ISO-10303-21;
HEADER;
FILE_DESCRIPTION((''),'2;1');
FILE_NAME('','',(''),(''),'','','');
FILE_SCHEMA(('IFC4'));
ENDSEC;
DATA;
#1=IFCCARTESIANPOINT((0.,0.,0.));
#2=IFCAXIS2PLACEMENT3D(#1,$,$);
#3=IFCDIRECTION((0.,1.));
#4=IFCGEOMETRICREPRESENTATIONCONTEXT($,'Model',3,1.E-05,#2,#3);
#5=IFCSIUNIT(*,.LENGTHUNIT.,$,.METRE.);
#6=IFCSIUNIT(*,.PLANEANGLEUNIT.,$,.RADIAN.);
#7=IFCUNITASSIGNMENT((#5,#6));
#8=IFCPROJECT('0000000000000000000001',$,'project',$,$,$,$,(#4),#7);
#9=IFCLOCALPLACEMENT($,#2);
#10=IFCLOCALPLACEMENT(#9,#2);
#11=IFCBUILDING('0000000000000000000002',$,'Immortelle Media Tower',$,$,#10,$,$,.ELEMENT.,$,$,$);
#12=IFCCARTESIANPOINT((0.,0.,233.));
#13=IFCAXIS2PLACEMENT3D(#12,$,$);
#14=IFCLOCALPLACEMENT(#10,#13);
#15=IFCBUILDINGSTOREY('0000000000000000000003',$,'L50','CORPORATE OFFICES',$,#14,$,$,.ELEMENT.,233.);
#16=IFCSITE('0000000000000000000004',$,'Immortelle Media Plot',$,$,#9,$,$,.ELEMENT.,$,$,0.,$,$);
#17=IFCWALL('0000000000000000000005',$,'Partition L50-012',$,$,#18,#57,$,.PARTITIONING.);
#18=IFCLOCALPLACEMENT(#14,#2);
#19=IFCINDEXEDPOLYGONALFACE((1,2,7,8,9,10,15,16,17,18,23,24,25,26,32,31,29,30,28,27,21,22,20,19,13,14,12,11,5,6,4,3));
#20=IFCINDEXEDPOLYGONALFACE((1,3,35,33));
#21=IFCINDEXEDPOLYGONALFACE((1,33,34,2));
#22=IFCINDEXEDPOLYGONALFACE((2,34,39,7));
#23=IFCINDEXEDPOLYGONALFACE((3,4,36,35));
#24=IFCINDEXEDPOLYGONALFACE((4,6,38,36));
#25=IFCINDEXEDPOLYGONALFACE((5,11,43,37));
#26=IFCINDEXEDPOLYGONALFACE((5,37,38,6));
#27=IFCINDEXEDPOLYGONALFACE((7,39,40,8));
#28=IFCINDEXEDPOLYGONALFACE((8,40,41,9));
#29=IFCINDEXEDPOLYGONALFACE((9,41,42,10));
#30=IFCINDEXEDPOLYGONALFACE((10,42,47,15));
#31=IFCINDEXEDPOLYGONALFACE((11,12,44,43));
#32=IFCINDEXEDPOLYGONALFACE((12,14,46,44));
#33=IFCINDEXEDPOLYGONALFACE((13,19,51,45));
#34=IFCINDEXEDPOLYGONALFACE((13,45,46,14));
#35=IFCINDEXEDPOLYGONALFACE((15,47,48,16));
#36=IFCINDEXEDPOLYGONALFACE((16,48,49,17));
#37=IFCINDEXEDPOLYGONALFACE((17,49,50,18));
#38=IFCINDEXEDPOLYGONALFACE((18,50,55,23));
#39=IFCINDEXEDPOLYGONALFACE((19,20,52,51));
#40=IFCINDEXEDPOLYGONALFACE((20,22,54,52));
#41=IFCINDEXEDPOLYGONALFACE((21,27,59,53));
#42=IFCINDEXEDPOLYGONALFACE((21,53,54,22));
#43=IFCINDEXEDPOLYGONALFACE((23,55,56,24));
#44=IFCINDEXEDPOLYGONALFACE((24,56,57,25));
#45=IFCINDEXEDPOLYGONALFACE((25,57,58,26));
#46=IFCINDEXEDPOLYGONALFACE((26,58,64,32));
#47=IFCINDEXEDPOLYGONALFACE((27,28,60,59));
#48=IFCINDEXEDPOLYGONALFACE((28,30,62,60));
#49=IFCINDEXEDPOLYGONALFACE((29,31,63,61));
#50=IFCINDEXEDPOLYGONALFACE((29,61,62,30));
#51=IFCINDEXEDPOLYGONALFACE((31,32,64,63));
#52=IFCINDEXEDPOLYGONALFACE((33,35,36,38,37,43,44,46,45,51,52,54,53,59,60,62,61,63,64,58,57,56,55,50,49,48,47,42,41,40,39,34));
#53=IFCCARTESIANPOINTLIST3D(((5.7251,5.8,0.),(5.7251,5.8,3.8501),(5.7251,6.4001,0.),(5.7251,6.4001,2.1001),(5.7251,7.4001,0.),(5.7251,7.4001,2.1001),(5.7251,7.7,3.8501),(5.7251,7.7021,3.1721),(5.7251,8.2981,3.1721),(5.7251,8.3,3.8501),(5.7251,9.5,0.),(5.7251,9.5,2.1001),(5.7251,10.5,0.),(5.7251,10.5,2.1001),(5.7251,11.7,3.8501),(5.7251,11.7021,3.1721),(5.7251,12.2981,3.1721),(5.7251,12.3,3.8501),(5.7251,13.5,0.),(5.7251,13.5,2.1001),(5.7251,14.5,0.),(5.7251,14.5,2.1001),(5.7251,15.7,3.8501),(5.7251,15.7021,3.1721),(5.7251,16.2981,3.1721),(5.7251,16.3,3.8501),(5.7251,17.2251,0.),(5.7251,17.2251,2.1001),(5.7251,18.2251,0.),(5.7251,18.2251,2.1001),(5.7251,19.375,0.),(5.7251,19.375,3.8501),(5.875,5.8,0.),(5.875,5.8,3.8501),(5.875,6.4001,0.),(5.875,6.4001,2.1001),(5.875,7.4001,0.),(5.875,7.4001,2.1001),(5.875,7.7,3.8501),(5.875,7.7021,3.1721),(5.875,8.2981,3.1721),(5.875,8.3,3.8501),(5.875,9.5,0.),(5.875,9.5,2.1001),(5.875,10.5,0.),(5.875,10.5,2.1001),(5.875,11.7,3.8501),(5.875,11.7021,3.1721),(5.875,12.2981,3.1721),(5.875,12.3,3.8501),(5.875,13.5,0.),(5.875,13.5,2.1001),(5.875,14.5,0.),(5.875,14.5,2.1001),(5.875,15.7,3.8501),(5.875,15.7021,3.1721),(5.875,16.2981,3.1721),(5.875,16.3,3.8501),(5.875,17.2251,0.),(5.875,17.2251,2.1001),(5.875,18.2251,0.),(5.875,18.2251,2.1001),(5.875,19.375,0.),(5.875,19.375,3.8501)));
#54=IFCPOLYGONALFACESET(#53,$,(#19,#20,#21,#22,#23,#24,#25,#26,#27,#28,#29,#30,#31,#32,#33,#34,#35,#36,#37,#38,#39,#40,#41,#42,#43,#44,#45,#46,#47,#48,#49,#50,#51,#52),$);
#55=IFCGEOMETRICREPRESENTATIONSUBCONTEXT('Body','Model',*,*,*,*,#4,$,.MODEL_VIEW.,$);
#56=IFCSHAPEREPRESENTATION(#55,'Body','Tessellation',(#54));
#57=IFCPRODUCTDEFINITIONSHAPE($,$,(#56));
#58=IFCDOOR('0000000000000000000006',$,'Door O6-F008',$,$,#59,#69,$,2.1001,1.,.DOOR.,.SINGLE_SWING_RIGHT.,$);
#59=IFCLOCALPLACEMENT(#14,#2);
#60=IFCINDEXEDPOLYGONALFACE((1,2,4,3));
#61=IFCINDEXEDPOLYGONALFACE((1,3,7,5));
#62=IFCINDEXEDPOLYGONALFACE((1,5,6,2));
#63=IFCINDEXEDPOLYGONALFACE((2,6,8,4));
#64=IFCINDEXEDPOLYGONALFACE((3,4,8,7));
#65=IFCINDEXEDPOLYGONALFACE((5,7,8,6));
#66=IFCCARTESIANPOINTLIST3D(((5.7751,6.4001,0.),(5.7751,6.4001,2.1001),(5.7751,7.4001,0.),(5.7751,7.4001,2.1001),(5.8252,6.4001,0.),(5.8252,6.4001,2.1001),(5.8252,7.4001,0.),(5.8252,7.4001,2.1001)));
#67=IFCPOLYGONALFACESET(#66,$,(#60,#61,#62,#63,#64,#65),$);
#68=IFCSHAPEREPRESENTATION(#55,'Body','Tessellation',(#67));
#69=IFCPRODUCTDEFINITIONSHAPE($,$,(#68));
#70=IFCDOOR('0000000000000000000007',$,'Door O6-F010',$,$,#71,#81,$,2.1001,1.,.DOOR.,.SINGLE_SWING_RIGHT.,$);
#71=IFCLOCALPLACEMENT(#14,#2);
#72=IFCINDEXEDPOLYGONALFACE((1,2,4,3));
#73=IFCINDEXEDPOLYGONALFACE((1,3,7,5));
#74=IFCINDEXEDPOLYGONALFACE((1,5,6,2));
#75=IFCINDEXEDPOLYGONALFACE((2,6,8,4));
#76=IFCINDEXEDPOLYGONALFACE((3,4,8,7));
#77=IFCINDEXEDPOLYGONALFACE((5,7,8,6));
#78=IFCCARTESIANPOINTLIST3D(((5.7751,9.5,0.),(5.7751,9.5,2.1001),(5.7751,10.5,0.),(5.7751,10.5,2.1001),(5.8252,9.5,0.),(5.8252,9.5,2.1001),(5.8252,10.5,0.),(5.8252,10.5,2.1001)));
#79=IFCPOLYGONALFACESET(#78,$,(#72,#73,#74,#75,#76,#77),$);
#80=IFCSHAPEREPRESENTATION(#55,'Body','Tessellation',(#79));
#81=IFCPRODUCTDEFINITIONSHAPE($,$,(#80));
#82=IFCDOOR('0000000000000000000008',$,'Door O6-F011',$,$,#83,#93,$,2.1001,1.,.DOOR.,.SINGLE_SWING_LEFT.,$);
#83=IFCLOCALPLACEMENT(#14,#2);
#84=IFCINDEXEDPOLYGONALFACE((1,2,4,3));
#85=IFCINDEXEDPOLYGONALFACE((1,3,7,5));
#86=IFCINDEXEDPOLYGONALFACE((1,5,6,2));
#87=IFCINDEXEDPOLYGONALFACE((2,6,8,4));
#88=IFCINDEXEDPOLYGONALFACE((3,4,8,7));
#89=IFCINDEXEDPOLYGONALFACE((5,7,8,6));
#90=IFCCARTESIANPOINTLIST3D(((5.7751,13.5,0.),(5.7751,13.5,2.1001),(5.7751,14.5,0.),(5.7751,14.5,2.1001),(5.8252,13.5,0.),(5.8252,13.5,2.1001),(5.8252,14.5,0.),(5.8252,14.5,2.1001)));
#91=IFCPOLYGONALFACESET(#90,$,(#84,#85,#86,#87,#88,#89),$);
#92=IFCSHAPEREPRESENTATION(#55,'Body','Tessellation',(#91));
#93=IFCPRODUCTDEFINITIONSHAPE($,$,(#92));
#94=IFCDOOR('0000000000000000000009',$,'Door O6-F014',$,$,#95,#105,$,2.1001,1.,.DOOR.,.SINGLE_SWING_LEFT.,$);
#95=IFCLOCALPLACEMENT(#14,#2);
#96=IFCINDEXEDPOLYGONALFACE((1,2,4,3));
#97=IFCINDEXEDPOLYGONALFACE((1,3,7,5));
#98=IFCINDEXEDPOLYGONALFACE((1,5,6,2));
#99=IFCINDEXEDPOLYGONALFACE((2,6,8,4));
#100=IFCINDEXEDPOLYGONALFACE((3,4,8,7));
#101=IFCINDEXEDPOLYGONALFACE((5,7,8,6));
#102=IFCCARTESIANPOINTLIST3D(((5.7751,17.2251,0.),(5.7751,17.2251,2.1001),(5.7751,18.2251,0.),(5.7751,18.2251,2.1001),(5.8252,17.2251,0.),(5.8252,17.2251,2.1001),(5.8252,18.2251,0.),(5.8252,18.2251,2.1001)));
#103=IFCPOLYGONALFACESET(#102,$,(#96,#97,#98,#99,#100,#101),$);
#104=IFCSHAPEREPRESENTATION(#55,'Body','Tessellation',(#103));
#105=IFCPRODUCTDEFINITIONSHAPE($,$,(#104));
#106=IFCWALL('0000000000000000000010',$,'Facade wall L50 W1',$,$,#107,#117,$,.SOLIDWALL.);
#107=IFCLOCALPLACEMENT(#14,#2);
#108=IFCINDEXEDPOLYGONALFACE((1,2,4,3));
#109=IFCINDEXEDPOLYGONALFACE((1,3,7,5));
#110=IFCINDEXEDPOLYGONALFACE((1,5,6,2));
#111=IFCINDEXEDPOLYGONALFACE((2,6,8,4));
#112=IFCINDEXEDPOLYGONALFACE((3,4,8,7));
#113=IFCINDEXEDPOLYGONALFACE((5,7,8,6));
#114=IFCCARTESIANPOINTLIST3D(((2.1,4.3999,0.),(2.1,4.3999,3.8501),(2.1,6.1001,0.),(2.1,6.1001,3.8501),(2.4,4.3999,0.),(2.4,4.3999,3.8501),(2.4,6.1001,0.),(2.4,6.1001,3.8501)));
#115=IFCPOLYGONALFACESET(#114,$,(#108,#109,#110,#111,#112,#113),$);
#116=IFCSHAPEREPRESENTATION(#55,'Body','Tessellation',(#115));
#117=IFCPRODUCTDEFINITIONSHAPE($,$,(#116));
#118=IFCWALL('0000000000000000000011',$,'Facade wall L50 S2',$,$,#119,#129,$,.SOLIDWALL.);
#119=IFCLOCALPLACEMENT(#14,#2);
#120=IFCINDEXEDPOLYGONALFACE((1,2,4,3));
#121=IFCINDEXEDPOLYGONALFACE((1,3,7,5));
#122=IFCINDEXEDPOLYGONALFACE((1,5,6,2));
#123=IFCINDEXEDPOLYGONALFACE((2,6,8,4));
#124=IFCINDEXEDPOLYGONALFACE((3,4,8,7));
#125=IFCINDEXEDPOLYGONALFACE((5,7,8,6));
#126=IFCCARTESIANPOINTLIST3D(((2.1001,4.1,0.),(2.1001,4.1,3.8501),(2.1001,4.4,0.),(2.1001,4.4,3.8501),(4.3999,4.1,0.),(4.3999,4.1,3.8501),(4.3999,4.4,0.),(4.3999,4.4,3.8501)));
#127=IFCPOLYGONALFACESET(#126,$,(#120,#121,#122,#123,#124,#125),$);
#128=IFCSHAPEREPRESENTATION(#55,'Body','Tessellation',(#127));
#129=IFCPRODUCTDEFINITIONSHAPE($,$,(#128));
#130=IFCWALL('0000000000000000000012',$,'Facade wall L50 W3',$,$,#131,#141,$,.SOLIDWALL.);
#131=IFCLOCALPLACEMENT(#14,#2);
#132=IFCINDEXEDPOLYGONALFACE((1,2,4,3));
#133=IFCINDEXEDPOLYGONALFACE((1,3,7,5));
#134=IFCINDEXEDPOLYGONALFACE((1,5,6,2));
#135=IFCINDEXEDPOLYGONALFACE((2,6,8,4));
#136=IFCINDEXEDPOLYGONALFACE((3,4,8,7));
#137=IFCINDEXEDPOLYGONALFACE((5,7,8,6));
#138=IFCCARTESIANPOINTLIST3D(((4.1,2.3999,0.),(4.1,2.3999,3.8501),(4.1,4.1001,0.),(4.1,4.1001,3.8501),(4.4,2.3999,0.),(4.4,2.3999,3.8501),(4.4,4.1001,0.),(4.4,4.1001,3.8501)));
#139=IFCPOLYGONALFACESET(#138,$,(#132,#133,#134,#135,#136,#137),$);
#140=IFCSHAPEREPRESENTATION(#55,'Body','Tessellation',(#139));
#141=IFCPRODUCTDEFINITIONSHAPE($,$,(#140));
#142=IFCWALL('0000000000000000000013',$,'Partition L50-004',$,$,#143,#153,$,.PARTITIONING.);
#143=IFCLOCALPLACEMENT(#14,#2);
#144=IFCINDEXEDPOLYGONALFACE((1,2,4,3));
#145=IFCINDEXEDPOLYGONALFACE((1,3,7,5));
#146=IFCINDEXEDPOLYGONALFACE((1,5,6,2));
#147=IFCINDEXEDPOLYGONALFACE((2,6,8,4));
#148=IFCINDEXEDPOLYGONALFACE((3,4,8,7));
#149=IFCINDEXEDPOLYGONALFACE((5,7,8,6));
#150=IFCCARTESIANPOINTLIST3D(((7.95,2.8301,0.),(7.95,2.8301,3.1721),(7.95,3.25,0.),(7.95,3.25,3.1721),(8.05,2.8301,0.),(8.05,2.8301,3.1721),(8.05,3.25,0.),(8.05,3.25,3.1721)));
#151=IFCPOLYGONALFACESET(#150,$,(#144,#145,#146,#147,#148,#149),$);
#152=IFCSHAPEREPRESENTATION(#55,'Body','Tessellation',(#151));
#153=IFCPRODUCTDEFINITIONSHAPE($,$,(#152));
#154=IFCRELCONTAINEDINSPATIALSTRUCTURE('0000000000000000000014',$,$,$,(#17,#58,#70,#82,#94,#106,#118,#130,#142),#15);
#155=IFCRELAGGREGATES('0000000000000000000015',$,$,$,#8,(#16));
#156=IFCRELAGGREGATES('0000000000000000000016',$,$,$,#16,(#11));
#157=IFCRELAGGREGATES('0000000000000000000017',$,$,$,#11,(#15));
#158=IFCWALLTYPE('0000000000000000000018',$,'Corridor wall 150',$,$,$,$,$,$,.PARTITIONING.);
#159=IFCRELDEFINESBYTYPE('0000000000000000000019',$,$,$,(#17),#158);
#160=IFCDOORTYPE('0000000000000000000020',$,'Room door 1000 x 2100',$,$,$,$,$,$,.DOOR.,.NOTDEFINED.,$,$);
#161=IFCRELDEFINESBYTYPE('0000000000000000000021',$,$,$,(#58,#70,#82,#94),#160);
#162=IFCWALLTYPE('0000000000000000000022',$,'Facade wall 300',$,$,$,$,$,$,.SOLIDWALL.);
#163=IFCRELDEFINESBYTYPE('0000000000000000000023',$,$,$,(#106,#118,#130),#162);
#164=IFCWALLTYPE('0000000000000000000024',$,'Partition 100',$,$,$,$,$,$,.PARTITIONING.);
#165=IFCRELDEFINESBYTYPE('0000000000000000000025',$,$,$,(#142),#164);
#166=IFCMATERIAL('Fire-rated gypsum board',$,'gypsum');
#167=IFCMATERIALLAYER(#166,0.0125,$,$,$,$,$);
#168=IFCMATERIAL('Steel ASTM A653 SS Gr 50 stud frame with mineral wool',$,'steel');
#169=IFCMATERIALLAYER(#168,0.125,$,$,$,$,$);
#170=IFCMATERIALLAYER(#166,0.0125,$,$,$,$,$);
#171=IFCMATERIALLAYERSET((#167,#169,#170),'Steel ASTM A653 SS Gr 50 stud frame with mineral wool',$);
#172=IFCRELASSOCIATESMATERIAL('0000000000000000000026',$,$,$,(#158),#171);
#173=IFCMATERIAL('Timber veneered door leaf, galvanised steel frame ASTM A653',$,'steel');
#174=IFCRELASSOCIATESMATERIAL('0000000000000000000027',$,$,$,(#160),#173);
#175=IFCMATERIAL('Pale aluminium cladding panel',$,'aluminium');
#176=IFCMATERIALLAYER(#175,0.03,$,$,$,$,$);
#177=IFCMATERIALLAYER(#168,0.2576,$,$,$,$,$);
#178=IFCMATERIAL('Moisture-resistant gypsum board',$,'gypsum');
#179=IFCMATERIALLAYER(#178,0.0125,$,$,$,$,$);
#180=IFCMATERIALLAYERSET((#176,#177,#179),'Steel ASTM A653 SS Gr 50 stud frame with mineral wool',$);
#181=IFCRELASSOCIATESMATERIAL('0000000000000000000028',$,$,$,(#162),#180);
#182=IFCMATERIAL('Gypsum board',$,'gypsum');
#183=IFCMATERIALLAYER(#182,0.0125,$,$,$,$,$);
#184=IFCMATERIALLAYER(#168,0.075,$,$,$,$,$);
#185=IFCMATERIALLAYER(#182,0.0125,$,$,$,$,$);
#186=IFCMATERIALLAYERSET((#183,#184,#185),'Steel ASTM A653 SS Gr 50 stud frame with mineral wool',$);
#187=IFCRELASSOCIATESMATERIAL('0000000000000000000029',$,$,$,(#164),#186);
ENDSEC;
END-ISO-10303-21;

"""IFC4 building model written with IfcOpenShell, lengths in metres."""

from ifc_helpers import new_model, si_unit, direction, frame, frame_2d, origin, place, context, subcontext, project, spatial, polyline, rectangle, outline, extrude, material, layer, layer_set, type_object, element, fill, save


model = new_model("IFC4")

# Units and contexts
model_context = context("Model", 3, precision=1e-05, world=origin(), true_north=direction((0.0, 1.0)))
body_context = subcontext(model_context, "Body", "Model", "MODEL_VIEW")
ifc_project = project(units=[si_unit("LENGTHUNIT", "METRE"), si_unit("PLANEANGLEUNIT", "RADIAN")], contexts=[model_context])

# Site, building, storey
site_placement = place(None, origin())
site = spatial("IfcSite", under=ifc_project, at=site_placement, Name="Immortelle Media Plot", CompositionType="ELEMENT", RefElevation=0.0)
building_placement = place(site_placement, origin())
building = spatial("IfcBuilding", under=site, at=building_placement, Name="Immortelle Media Tower", CompositionType="ELEMENT")
storey_placement = place(building_placement, frame((0.0, 0.0, 233.0)))
storey = spatial("IfcBuildingStorey", under=building, at=storey_placement, Name="L50", Description="CORPORATE OFFICES", CompositionType="ELEMENT", Elevation=233.0)

# Wall, openings, doors
ifc_material_1 = material(Name="Fire-rated gypsum board", Category="gypsum")
ifc_layer_1 = layer(ifc_material_1, 0.0125)
ifc_material_2 = material(Name="Steel ASTM A653 SS Gr 50 stud frame with mineral wool", Category="steel")
ifc_layer_2 = layer(ifc_material_2, 0.125)
ifc_layer_3 = layer(ifc_material_1, 0.0125)
ifc_layer_set_1 = layer_set([ifc_layer_1, ifc_layer_2, ifc_layer_3], Name="Steel ASTM A653 SS Gr 50 stud frame with mineral wool")
wall_type_1 = type_object("IfcWallType", Name="Corridor wall 150", PredefinedType="PARTITIONING", material=ifc_layer_set_1)
ifc_material_3 = material(Name="Timber veneered door leaf, galvanised steel frame ASTM A653", Category="steel")
door_type = type_object("IfcDoorType", Name="Room door 1000 x 2100", OperationType="NOTDEFINED", PredefinedType="DOOR", material=ifc_material_3)
wall_1_placement = place(storey_placement, frame((5.8, 5.8, 0.0), z_axis=(0.0, 0.0, 1.0), x_axis=(0.0, 1.0, 0.0)))
wall_1 = element("IfcWall", 1, at=wall_1_placement, inside=storey, type_object=wall_type_1, Name="Partition L50-012", PredefinedType="PARTITIONING", context=body_context, shape_type="SweptSolid", body=[
    extrude(outline(polyline([(0.0, 0.0), (13.575, 0.0), (13.575, 3.8501), (10.5, 3.8501), (10.498, 3.1721), (9.9021, 3.1721), (9.8999, 3.8501), (6.5, 3.8501), (6.498, 3.1721), (5.9021, 3.1721), (5.8999, 3.8501), (2.5, 3.8501), (2.498, 3.1721), (1.9021, 3.1721), (1.8999, 3.8501), (0.0, 3.8501), (0.0, 0.0)])), frame((0.0, 0.075, 0.0), z_axis=(0.0, -1.0, 0.0), x_axis=(1.0, 0.0, 0.0)), (0.0, 0.0, 1.0), 0.1499),
])
opening_1_placement = place(wall_1_placement, frame((0.6001, 0.0, 0.0)))
opening_1 = element("IfcOpeningElement", 2, at=opening_1_placement, cuts=wall_1, PredefinedType="OPENING", context=body_context, shape_type="SweptSolid", body=[
    extrude(rectangle(XDim=1.0, YDim=2.1001, at=frame_2d((0.5, 1.05))), frame((0.0, 0.085, 0.0), z_axis=(0.0, -1.0, 0.0), x_axis=(1.0, 0.0, 0.0)), (0.0, 0.0, 1.0), 0.1699),
])
opening_2_placement = place(wall_1_placement, frame((3.7, 0.0, 0.0)))
opening_2 = element("IfcOpeningElement", 3, at=opening_2_placement, cuts=wall_1, PredefinedType="OPENING", context=body_context, shape_type="SweptSolid", body=[
    extrude(rectangle(XDim=1.0, YDim=2.1001, at=frame_2d((0.5, 1.05))), frame((0.0, 0.085, 0.0), z_axis=(0.0, -1.0, 0.0), x_axis=(1.0, 0.0, 0.0)), (0.0, 0.0, 1.0), 0.1699),
])
opening_3_placement = place(wall_1_placement, frame((7.7, 0.0, 0.0)))
opening_3 = element("IfcOpeningElement", 4, at=opening_3_placement, cuts=wall_1, PredefinedType="OPENING", context=body_context, shape_type="SweptSolid", body=[
    extrude(rectangle(XDim=1.0, YDim=2.1001, at=frame_2d((0.5, 1.05))), frame((0.0, 0.085, 0.0), z_axis=(0.0, -1.0, 0.0), x_axis=(1.0, 0.0, 0.0)), (0.0, 0.0, 1.0), 0.1699),
])
opening_4_placement = place(wall_1_placement, frame((11.425, 0.0, 0.0)))
opening_4 = element("IfcOpeningElement", 5, at=opening_4_placement, cuts=wall_1, PredefinedType="OPENING", context=body_context, shape_type="SweptSolid", body=[
    extrude(rectangle(XDim=1.0, YDim=2.1001, at=frame_2d((0.5, 1.05))), frame((0.0, 0.085, 0.0), z_axis=(0.0, -1.0, 0.0), x_axis=(1.0, 0.0, 0.0)), (0.0, 0.0, 1.0), 0.1699),
])
door_1_placement = place(opening_1_placement, origin())
door_1 = element("IfcDoor", 6, at=door_1_placement, inside=storey, type_object=door_type, Name="Door O6-F008", OperationType="SINGLE_SWING_RIGHT", OverallHeight=2.1001, OverallWidth=1.0, PredefinedType="DOOR", context=body_context, shape_type="SweptSolid", body=[
    extrude(rectangle(XDim=1.0, YDim=2.1001, at=frame_2d((0.5, 1.05))), frame((0.0, 0.0249, 0.0), z_axis=(0.0, -1.0, 0.0), x_axis=(1.0, 0.0, 0.0)), (0.0, 0.0, 1.0), 0.05),
])
fill(opening_1, door_1)
door_2_placement = place(opening_2_placement, origin())
door_2 = element("IfcDoor", 7, at=door_2_placement, inside=storey, type_object=door_type, Name="Door O6-F010", OperationType="SINGLE_SWING_RIGHT", OverallHeight=2.1001, OverallWidth=1.0, PredefinedType="DOOR", context=body_context, shape_type="SweptSolid", body=[
    extrude(rectangle(XDim=1.0, YDim=2.1001, at=frame_2d((0.5, 1.05))), frame((0.0, 0.0249, 0.0), z_axis=(0.0, -1.0, 0.0), x_axis=(1.0, 0.0, 0.0)), (0.0, 0.0, 1.0), 0.05),
])
fill(opening_2, door_2)
door_3_placement = place(opening_3_placement, origin())
door_3 = element("IfcDoor", 8, at=door_3_placement, inside=storey, type_object=door_type, Name="Door O6-F011", OperationType="SINGLE_SWING_LEFT", OverallHeight=2.1001, OverallWidth=1.0, PredefinedType="DOOR", context=body_context, shape_type="SweptSolid", body=[
    extrude(rectangle(XDim=1.0, YDim=2.1001, at=frame_2d((0.5, 1.05))), frame((0.0, 0.0249, 0.0), z_axis=(0.0, -1.0, 0.0), x_axis=(1.0, 0.0, 0.0)), (0.0, 0.0, 1.0), 0.05),
])
fill(opening_3, door_3)
door_4_placement = place(opening_4_placement, origin())
door_4 = element("IfcDoor", 9, at=door_4_placement, inside=storey, type_object=door_type, Name="Door O6-F014", OperationType="SINGLE_SWING_LEFT", OverallHeight=2.1001, OverallWidth=1.0, PredefinedType="DOOR", context=body_context, shape_type="SweptSolid", body=[
    extrude(rectangle(XDim=1.0, YDim=2.1001, at=frame_2d((0.5, 1.05))), frame((0.0, 0.0249, 0.0), z_axis=(0.0, -1.0, 0.0), x_axis=(1.0, 0.0, 0.0)), (0.0, 0.0, 1.0), 0.05),
])
fill(opening_4, door_4)

# Walls
ifc_material_4 = material(Name="Pale aluminium cladding panel", Category="aluminium")
ifc_layer_4 = layer(ifc_material_4, 0.03)
ifc_layer_5 = layer(ifc_material_2, 0.2576)
ifc_material_5 = material(Name="Moisture-resistant gypsum board", Category="gypsum")
ifc_layer_6 = layer(ifc_material_5, 0.0125)
ifc_layer_set_2 = layer_set([ifc_layer_4, ifc_layer_5, ifc_layer_6], Name="Steel ASTM A653 SS Gr 50 stud frame with mineral wool")
wall_type_2 = type_object("IfcWallType", Name="Facade wall 300", PredefinedType="SOLIDWALL", material=ifc_layer_set_2)
wall_2_placement = place(storey_placement, frame((2.25, 6.1001, 0.0), z_axis=(0.0, 0.0, 1.0), x_axis=(0.0, -1.0, 0.0)))
element("IfcWall", 10, at=wall_2_placement, inside=storey, type_object=wall_type_2, Name="Facade wall L50 W1", PredefinedType="SOLIDWALL", context=body_context, shape_type="SweptSolid", body=[
    extrude(rectangle(XDim=1.7002, YDim=0.3, at=frame_2d((0.8501, 0.0))), origin(), (0.0, 0.0, 1.0), 3.8501),
])
wall_3_placement = place(storey_placement, frame((2.1001, 4.25, 0.0), z_axis=(0.0, 0.0, 1.0), x_axis=(1.0, 0.0, 0.0)))
element("IfcWall", 11, at=wall_3_placement, inside=storey, type_object=wall_type_2, Name="Facade wall L50 S2", PredefinedType="SOLIDWALL", context=body_context, shape_type="SweptSolid", body=[
    extrude(rectangle(XDim=2.2998, YDim=0.3, at=frame_2d((1.1499, 0.0))), origin(), (0.0, 0.0, 1.0), 3.8501),
])
wall_4_placement = place(storey_placement, frame((4.25, 4.1001, 0.0), z_axis=(0.0, 0.0, 1.0), x_axis=(0.0, -1.0, 0.0)))
element("IfcWall", 12, at=wall_4_placement, inside=storey, type_object=wall_type_2, Name="Facade wall L50 W3", PredefinedType="SOLIDWALL", context=body_context, shape_type="SweptSolid", body=[
    extrude(rectangle(XDim=1.7002, YDim=0.3, at=frame_2d((0.8501, 0.0))), origin(), (0.0, 0.0, 1.0), 3.8501),
])
ifc_material_6 = material(Name="Gypsum board", Category="gypsum")
ifc_layer_7 = layer(ifc_material_6, 0.0125)
ifc_layer_8 = layer(ifc_material_2, 0.075)
ifc_layer_9 = layer(ifc_material_6, 0.0125)
ifc_layer_set_3 = layer_set([ifc_layer_7, ifc_layer_8, ifc_layer_9], Name="Steel ASTM A653 SS Gr 50 stud frame with mineral wool")
wall_type_3 = type_object("IfcWallType", Name="Partition 100", PredefinedType="PARTITIONING", material=ifc_layer_set_3)
wall_5_placement = place(storey_placement, frame((8.0, 2.8301, 0.0), z_axis=(0.0, 0.0, 1.0), x_axis=(0.0, 1.0, 0.0)))
element("IfcWall", 13, at=wall_5_placement, inside=storey, type_object=wall_type_3, Name="Partition L50-004", PredefinedType="PARTITIONING", context=body_context, shape_type="SweptSolid", body=[
    extrude(rectangle(XDim=0.4199, YDim=0.1001, at=frame_2d((0.21, 0.0))), origin(), (0.0, 0.0, 1.0), 3.1721),
])

save(model, "model.ifc")
